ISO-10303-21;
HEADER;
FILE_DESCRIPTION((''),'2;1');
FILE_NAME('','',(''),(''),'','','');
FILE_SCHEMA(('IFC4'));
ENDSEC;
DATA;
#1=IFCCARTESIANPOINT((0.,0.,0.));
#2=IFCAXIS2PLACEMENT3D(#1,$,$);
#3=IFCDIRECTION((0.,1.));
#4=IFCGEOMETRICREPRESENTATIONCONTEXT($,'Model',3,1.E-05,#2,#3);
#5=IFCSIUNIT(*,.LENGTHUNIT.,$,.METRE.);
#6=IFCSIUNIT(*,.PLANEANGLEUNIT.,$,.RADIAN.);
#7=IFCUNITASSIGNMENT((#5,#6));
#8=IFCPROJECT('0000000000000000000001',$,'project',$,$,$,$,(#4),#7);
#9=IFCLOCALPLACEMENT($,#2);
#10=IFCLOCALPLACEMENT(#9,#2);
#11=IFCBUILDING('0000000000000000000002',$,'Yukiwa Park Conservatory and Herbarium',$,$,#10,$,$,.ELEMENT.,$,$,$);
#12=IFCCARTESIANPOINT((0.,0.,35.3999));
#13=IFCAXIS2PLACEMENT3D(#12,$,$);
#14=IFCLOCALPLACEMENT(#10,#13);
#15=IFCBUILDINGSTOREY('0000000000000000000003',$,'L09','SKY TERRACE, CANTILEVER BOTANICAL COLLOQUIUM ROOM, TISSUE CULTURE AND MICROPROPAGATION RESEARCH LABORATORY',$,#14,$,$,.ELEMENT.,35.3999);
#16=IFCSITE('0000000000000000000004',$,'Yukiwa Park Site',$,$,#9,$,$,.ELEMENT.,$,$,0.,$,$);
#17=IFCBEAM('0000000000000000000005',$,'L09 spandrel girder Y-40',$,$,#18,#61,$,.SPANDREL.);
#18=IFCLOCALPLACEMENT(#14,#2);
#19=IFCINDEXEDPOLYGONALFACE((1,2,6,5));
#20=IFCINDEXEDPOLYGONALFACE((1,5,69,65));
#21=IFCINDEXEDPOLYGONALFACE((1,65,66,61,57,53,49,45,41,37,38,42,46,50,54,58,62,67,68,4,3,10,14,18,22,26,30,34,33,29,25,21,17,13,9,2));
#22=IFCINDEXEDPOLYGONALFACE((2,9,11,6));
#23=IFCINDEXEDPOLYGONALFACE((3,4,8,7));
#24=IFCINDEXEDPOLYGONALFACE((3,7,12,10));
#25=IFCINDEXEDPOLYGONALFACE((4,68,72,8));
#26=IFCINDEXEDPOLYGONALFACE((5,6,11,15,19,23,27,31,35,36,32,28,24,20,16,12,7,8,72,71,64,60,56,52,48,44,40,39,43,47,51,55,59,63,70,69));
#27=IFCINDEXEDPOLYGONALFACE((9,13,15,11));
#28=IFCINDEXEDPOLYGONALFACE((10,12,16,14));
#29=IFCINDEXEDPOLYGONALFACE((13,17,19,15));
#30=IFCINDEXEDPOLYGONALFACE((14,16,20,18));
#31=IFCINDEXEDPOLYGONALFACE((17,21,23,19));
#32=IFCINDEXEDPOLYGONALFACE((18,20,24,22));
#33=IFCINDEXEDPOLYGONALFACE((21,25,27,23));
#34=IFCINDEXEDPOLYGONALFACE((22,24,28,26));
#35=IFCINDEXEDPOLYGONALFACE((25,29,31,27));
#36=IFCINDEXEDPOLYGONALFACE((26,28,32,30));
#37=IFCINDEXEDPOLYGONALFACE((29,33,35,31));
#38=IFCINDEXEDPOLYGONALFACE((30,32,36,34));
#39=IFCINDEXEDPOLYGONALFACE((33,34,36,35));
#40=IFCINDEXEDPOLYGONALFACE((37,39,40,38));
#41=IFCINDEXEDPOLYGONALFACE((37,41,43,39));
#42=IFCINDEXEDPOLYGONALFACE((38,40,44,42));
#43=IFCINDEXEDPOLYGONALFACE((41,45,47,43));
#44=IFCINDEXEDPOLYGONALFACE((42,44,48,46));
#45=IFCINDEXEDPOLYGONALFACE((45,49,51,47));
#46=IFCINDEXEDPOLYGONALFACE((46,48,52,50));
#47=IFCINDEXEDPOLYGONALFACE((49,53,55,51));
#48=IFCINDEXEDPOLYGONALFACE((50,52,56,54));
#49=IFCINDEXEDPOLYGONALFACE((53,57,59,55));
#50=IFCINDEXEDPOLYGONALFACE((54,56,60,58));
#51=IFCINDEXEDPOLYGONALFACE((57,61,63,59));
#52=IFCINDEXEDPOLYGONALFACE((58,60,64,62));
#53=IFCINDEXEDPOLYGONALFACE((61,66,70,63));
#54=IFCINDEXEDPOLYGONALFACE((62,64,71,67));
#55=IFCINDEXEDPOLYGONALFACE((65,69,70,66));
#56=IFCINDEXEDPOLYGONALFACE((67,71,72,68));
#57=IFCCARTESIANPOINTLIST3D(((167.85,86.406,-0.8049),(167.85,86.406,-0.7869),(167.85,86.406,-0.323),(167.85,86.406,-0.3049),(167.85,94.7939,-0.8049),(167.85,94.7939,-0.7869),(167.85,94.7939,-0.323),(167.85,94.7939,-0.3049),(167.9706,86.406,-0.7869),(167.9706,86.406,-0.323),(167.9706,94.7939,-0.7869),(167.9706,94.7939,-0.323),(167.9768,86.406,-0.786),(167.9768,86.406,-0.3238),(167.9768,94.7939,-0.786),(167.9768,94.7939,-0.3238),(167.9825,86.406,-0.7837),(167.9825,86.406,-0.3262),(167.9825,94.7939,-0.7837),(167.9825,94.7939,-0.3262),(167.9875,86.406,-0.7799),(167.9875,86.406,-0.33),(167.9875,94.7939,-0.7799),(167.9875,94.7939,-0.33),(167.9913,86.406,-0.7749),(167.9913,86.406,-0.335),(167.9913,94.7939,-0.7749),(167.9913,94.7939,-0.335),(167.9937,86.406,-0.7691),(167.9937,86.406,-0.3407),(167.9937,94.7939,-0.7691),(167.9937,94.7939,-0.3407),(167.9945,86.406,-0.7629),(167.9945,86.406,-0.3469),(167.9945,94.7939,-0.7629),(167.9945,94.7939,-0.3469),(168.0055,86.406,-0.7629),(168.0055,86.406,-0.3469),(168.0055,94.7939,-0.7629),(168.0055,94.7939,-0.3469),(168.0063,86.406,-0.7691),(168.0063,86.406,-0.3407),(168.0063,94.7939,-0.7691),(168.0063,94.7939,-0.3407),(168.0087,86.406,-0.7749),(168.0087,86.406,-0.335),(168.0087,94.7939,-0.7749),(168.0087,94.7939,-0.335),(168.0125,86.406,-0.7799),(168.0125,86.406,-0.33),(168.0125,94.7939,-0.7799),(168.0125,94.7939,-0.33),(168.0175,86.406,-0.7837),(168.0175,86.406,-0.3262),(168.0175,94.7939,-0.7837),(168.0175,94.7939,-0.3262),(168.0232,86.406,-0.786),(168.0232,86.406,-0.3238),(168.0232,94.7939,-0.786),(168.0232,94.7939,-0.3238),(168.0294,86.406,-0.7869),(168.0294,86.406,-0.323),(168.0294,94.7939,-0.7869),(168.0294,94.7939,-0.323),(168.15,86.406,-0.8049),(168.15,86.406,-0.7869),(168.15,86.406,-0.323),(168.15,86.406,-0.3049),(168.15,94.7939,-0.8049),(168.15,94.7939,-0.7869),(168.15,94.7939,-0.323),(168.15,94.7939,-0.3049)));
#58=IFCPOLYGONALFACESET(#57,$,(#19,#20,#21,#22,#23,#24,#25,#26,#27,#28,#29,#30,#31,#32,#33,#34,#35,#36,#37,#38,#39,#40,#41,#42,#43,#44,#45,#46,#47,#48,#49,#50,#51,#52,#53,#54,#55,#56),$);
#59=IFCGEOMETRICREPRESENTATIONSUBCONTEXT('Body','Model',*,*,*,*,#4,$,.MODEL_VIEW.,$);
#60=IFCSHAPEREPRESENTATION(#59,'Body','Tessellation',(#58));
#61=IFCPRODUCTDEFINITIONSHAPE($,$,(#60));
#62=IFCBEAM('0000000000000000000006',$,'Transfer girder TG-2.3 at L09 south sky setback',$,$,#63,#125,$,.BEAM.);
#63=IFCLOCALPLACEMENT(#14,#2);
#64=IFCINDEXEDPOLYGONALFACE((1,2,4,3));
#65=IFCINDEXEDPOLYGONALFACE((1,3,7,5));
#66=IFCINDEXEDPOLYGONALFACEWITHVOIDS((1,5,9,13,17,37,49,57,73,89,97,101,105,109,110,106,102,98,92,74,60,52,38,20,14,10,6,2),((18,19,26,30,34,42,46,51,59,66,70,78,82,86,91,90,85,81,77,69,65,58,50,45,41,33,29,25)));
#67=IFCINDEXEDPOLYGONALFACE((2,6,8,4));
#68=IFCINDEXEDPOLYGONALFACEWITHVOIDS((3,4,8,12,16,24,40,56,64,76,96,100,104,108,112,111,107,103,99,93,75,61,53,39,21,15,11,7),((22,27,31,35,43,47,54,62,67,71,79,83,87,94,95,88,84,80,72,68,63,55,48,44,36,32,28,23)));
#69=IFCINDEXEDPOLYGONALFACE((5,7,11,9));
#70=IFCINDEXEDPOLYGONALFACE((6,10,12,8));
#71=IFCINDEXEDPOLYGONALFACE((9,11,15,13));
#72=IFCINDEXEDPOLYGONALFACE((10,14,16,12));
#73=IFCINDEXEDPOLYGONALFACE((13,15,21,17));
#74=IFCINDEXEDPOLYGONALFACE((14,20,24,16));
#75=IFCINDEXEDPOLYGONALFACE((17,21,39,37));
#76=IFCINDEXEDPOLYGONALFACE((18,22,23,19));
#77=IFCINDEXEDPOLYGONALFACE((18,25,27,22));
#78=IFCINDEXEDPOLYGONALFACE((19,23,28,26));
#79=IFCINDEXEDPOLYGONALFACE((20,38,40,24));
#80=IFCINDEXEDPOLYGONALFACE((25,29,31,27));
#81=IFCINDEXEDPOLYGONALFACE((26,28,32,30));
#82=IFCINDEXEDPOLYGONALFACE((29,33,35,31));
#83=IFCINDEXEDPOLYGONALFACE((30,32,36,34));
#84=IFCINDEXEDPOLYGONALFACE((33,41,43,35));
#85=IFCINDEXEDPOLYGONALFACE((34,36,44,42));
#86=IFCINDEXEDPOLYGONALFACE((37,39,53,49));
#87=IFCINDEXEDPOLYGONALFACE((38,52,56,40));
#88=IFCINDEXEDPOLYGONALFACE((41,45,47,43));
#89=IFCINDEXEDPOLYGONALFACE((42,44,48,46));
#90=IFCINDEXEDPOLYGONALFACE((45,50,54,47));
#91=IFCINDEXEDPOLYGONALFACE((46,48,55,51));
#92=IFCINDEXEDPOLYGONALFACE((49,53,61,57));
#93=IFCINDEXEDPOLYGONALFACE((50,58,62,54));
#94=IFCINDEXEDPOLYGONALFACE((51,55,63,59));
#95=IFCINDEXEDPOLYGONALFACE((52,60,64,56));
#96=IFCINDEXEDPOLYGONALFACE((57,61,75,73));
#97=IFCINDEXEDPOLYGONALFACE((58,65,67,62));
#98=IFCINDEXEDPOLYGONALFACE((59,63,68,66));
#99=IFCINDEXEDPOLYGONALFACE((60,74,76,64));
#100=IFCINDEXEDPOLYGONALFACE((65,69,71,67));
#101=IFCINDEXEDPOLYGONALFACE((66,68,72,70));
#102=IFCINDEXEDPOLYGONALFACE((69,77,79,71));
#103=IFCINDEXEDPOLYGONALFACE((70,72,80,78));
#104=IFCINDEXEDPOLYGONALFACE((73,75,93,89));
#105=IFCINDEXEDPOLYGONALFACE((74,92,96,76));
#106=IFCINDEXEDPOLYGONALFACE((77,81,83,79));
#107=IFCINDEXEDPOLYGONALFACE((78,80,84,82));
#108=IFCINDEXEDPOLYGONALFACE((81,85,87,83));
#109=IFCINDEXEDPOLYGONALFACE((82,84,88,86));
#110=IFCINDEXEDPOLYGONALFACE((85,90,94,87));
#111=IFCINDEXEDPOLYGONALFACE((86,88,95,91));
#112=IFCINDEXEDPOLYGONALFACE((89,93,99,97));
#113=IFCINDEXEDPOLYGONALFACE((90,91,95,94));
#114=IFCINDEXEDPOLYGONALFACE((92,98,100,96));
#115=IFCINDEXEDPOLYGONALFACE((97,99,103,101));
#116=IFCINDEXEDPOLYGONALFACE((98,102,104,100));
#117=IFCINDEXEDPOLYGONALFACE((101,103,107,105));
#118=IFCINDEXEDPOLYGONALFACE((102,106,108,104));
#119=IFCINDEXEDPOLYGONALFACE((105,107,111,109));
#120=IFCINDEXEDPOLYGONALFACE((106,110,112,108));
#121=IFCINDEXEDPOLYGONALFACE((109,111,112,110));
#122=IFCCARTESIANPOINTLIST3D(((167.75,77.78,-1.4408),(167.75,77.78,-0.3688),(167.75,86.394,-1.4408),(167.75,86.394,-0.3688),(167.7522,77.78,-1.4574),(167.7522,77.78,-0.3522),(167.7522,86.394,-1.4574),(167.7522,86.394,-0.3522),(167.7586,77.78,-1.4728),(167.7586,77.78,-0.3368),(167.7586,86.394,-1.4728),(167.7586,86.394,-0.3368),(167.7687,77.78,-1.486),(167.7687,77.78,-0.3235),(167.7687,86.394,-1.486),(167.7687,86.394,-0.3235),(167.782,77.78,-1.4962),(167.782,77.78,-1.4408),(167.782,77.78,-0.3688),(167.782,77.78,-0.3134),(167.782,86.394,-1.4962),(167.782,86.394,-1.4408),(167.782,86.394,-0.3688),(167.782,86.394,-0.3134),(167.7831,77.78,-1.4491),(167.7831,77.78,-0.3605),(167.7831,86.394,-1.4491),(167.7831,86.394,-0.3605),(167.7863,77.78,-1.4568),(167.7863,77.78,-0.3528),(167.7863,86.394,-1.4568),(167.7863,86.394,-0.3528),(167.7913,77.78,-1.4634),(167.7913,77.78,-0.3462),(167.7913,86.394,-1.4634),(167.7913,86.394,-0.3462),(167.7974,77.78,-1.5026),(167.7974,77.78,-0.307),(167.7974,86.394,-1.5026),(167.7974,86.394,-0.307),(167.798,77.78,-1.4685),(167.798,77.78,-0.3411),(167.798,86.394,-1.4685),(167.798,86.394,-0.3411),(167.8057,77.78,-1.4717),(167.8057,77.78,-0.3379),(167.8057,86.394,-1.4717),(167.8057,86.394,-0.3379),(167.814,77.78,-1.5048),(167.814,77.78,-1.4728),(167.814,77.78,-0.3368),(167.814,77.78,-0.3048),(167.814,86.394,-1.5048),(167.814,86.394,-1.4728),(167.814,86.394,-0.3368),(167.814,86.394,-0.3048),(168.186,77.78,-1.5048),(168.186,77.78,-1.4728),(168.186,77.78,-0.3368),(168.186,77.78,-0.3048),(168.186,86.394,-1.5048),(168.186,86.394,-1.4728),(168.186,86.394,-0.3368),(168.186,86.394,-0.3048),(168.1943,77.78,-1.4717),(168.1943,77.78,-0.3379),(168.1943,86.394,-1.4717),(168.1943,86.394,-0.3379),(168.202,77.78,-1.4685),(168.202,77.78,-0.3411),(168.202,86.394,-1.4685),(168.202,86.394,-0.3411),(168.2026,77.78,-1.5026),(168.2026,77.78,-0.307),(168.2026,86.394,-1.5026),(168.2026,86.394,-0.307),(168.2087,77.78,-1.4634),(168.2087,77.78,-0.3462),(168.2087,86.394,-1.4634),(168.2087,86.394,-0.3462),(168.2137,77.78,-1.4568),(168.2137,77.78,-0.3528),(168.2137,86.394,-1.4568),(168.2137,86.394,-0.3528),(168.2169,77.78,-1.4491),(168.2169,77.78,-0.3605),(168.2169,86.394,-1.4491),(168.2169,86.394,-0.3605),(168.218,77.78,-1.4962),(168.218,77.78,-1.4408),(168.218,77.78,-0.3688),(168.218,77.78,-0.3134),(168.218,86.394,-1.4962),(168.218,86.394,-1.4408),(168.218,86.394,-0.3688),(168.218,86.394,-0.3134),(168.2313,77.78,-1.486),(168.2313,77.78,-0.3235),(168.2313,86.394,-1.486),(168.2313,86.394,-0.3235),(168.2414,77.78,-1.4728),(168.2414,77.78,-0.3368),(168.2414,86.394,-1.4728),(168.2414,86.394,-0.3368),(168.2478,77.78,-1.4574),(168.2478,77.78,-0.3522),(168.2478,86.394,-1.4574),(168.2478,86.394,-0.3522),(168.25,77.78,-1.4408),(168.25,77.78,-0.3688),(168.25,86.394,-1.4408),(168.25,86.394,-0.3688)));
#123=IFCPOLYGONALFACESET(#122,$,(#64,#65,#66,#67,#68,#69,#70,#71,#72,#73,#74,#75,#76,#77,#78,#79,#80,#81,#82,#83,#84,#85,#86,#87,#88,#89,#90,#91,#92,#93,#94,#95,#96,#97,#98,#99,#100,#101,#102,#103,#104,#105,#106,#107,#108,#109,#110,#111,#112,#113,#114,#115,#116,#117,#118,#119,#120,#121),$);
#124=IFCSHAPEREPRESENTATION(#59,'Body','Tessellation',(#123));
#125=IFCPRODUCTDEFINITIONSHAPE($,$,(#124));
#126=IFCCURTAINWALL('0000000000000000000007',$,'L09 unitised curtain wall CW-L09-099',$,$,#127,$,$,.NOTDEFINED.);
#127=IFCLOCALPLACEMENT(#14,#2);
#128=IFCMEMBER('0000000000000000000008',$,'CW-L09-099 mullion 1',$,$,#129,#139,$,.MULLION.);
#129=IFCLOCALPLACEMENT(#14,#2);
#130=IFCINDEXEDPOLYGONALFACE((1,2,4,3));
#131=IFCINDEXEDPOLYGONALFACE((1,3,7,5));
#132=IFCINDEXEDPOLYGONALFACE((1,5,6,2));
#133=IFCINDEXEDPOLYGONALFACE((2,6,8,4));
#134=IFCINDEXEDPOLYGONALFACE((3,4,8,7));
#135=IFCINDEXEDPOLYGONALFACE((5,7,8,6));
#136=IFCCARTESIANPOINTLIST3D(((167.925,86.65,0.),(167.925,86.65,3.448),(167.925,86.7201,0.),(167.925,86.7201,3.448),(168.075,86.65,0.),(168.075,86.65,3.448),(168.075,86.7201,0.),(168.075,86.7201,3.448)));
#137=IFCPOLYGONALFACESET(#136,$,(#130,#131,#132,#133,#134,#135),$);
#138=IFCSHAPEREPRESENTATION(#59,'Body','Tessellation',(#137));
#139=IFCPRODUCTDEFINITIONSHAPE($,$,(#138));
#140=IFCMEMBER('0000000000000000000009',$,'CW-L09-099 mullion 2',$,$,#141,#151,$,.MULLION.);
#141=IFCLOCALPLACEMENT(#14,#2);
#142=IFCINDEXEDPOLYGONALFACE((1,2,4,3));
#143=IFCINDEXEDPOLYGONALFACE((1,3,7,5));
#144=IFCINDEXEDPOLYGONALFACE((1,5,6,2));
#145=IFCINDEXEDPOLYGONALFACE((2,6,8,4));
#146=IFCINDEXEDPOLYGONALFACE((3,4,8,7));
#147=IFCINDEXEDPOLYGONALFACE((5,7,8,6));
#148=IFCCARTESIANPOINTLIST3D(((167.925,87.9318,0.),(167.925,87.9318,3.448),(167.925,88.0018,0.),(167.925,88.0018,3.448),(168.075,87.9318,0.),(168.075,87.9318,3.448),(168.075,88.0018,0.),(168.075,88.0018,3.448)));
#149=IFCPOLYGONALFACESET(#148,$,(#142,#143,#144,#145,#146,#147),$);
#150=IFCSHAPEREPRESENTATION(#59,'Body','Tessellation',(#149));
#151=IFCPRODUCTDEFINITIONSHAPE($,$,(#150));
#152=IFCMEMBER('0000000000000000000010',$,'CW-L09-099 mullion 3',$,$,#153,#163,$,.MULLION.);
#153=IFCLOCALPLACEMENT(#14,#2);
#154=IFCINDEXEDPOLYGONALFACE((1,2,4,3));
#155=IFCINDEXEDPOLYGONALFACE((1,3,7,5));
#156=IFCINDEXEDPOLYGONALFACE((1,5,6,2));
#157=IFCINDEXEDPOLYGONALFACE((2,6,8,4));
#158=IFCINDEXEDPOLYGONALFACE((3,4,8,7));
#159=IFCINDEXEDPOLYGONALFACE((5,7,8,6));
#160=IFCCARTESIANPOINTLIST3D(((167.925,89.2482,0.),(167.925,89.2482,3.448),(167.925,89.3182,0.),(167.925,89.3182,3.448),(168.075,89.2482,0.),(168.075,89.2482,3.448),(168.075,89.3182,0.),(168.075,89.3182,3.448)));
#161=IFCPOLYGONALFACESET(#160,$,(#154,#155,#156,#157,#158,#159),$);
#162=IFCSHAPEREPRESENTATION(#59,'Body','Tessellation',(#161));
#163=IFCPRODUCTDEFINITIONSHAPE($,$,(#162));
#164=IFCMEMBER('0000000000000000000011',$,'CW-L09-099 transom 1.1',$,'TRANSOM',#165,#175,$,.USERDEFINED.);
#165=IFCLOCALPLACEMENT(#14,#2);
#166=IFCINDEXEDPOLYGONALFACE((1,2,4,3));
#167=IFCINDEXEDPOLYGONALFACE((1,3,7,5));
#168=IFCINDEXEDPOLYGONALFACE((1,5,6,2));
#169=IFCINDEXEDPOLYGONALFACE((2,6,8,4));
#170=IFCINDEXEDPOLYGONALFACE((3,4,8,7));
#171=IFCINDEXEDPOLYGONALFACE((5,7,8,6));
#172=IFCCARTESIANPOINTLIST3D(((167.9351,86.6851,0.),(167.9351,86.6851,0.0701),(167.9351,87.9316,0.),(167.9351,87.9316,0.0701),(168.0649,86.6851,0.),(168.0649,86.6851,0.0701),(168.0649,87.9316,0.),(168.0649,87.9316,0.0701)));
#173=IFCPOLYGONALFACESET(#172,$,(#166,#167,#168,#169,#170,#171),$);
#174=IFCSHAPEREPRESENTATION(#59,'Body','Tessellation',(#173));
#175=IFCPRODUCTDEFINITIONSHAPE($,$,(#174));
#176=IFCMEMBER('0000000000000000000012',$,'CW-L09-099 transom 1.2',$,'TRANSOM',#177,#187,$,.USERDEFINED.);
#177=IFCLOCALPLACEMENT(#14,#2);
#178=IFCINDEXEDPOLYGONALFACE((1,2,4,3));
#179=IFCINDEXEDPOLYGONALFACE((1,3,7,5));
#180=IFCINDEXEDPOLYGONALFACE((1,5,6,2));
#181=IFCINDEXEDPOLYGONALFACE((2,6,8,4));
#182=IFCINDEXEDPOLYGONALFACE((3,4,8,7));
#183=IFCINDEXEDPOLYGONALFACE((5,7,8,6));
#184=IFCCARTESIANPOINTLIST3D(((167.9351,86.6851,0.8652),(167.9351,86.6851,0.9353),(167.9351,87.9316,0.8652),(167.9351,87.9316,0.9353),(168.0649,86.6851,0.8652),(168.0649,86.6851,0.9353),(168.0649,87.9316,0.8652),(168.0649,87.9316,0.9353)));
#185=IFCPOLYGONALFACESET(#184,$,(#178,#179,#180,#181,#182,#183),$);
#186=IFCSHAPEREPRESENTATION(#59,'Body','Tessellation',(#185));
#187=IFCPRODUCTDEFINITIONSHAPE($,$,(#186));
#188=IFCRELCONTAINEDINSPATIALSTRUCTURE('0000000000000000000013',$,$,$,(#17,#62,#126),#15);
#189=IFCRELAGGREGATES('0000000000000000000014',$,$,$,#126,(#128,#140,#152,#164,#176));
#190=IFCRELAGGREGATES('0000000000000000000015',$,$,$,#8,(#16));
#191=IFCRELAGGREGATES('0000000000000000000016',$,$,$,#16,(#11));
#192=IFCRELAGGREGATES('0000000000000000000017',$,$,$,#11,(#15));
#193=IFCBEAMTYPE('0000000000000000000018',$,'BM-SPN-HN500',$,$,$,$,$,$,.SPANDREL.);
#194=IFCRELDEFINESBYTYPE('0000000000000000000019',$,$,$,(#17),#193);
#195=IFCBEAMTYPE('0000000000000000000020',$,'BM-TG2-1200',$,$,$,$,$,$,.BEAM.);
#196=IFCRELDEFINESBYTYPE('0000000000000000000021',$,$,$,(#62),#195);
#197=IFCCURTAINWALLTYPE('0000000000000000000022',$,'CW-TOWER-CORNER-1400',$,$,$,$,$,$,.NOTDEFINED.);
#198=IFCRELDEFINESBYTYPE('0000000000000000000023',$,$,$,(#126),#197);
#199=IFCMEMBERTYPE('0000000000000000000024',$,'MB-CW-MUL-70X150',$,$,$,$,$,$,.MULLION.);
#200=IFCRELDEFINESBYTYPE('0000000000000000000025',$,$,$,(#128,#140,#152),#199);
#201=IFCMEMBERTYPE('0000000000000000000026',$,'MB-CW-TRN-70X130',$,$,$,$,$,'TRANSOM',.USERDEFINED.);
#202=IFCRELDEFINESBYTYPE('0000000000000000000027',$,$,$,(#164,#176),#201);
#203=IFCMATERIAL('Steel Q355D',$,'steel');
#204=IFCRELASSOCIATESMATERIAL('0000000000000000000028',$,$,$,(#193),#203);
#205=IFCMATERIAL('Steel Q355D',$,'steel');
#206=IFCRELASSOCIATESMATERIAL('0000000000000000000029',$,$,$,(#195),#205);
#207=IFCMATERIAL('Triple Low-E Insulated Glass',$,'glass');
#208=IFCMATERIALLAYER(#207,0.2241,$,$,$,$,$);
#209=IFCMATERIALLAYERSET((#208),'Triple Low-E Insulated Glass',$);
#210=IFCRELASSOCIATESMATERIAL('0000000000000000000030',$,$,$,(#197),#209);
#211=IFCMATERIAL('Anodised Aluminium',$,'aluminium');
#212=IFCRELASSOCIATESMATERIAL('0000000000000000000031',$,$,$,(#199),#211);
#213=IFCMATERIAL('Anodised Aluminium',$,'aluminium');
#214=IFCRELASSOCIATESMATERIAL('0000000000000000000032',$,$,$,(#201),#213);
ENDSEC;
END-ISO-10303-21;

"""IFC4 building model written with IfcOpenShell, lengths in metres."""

from ifc_helpers import new_model, si_unit, direction, frame, origin, origin_2d, place, context, subcontext, project, spatial, rectangle, hollow_rectangle, i_section, extrude, material, layer, layer_set, material_profile, profile_set, type_object, element, aggregate, save


model = new_model("IFC4")

# Units and contexts
model_context = context("Model", 3, precision=1e-05, world=origin(), true_north=direction((0.0, 1.0)))
body_context = subcontext(model_context, "Body", "Model", "MODEL_VIEW")
ifc_project = project(units=[si_unit("LENGTHUNIT", "METRE"), si_unit("PLANEANGLEUNIT", "RADIAN")], contexts=[model_context])

# Site, building, storey
site_placement = place(None, origin())
site = spatial("IfcSite", under=ifc_project, at=site_placement, Name="Yukiwa Park Site", CompositionType="ELEMENT", RefElevation=0.0)
building_placement = place(site_placement, origin())
building = spatial("IfcBuilding", under=site, at=building_placement, Name="Yukiwa Park Conservatory and Herbarium", CompositionType="ELEMENT")
storey_placement = place(building_placement, frame((0.0, 0.0, 35.3999)))
storey = spatial("IfcBuildingStorey", under=building, at=storey_placement, Name="L09", Description="SKY TERRACE, CANTILEVER BOTANICAL COLLOQUIUM ROOM, TISSUE CULTURE AND MICROPROPAGATION RESEARCH LABORATORY", CompositionType="ELEMENT", Elevation=35.3999)

# Beams
ifc_material_1 = material(Name="Steel Q355D", Category="steel")
ifc_material_profile_1 = material_profile(ifc_material_1, i_section(OverallWidth=0.3, OverallDepth=0.5, WebThickness=0.011, FlangeThickness=0.0181, FilletRadius=0.0239, at=origin_2d()), Name="HM 500x300x11x18")
ifc_profile_set_1 = profile_set([ifc_material_profile_1], Name="Steel Q355D")
beam_type_1 = type_object("IfcBeamType", Name="BM-SPN-HN500", PredefinedType="SPANDREL", material=ifc_profile_set_1)
beam_1_placement = place(storey_placement, frame((168.0, 86.406, -0.5549), z_axis=(0.0, 1.0, 0.0), x_axis=(-1.0, 0.0, 0.0)))
element("IfcBeam", 1, at=beam_1_placement, inside=storey, type_object=beam_type_1, Name="L09 spandrel girder Y-40", PredefinedType="SPANDREL", context=body_context, shape_type="SweptSolid", body=[
    extrude(i_section(OverallWidth=0.3, OverallDepth=0.5, WebThickness=0.011, FlangeThickness=0.0181, FilletRadius=0.0239, at=origin_2d()), origin(), (0.0, 0.0, 1.0), 8.3879),
])
ifc_material_2 = material(Name="Steel Q355D", Category="steel")
ifc_material_profile_2 = material_profile(ifc_material_2, hollow_rectangle(XDim=0.5, YDim=1.2, WallThickness=0.032, InnerFilletRadius=0.032, OuterFilletRadius=0.064, at=origin_2d()), Name="BOX 1200x500x32")
ifc_profile_set_2 = profile_set([ifc_material_profile_2], Name="Steel Q355D")
beam_type_2 = type_object("IfcBeamType", Name="BM-TG2-1200", PredefinedType="BEAM", material=ifc_profile_set_2)
beam_2_placement = place(storey_placement, frame((168.0, 77.78, -0.9048), z_axis=(0.0, 1.0, 0.0), x_axis=(-1.0, 0.0, 0.0)))
element("IfcBeam", 2, at=beam_2_placement, inside=storey, type_object=beam_type_2, Name="Transfer girder TG-2.3 at L09 south sky setback", PredefinedType="BEAM", context=body_context, shape_type="SweptSolid", body=[
    extrude(hollow_rectangle(XDim=0.5, YDim=1.2, WallThickness=0.032, InnerFilletRadius=0.032, OuterFilletRadius=0.064, at=origin_2d()), origin(), (0.0, 0.0, 1.0), 8.614),
])

# Curtain wall, members
ifc_material_3 = material(Name="Triple Low-E Insulated Glass", Category="glass")
ifc_layer_1 = layer(ifc_material_3, 0.2241)
ifc_layer_set_1 = layer_set([ifc_layer_1], Name="Triple Low-E Insulated Glass")
curtain_wall_type = type_object("IfcCurtainWallType", Name="CW-TOWER-CORNER-1400", PredefinedType="NOTDEFINED", material=ifc_layer_set_1)
curtain_wall_placement = place(storey_placement, origin())
curtain_wall = element("IfcCurtainWall", 3, at=curtain_wall_placement, inside=storey, type_object=curtain_wall_type, Name="L09 unitised curtain wall CW-L09-099", PredefinedType="NOTDEFINED")
ifc_material_4 = material(Name="Anodised Aluminium", Category="aluminium")
member_type_1 = type_object("IfcMemberType", Name="MB-CW-MUL-70X150", PredefinedType="MULLION", material=ifc_material_4)
member_1_placement = place(storey_placement, frame((168.0, 86.6851, 0.0), z_axis=(0.0, 0.0, 1.0), x_axis=(0.0, 1.0, 0.0)))
member_1 = element("IfcMember", 4, at=member_1_placement, type_object=member_type_1, Name="CW-L09-099 mullion 1", PredefinedType="MULLION", context=body_context, shape_type="SweptSolid", body=[
    extrude(rectangle(XDim=0.0701, YDim=0.1499, at=origin_2d()), origin(), (0.0, 0.0, 1.0), 3.448),
])
member_2_placement = place(storey_placement, frame((168.0, 87.9668, 0.0), z_axis=(0.0, 0.0, 1.0), x_axis=(0.0, 1.0, 0.0)))
member_2 = element("IfcMember", 5, at=member_2_placement, type_object=member_type_1, Name="CW-L09-099 mullion 2", PredefinedType="MULLION", context=body_context, shape_type="SweptSolid", body=[
    extrude(rectangle(XDim=0.0701, YDim=0.1499, at=origin_2d()), origin(), (0.0, 0.0, 1.0), 3.448),
])
member_3_placement = place(storey_placement, frame((168.0, 89.2832, 0.0), z_axis=(0.0, 0.0, 1.0), x_axis=(0.0, 1.0, 0.0)))
member_3 = element("IfcMember", 6, at=member_3_placement, type_object=member_type_1, Name="CW-L09-099 mullion 3", PredefinedType="MULLION", context=body_context, shape_type="SweptSolid", body=[
    extrude(rectangle(XDim=0.0701, YDim=0.1499, at=origin_2d()), origin(), (0.0, 0.0, 1.0), 3.448),
])
ifc_material_5 = material(Name="Anodised Aluminium", Category="aluminium")
member_type_2 = type_object("IfcMemberType", Name="MB-CW-TRN-70X130", ElementType="TRANSOM", PredefinedType="USERDEFINED", material=ifc_material_5)
member_4_placement = place(storey_placement, frame((168.0, 87.3083, 0.0), z_axis=(0.0, 0.0, 1.0), x_axis=(0.0, 1.0, 0.0)))
member_4 = element("IfcMember", 7, at=member_4_placement, type_object=member_type_2, Name="CW-L09-099 transom 1.1", ObjectType="TRANSOM", PredefinedType="USERDEFINED", context=body_context, shape_type="SweptSolid", body=[
    extrude(rectangle(XDim=1.2466, YDim=0.1299, at=origin_2d()), origin(), (0.0, 0.0, 1.0), 0.0701),
])
member_5_placement = place(storey_placement, frame((168.0, 87.3083, 0.8652), z_axis=(0.0, 0.0, 1.0), x_axis=(0.0, 1.0, 0.0)))
member_5 = element("IfcMember", 8, at=member_5_placement, type_object=member_type_2, Name="CW-L09-099 transom 1.2", ObjectType="TRANSOM", PredefinedType="USERDEFINED", context=body_context, shape_type="SweptSolid", body=[
    extrude(rectangle(XDim=1.2466, YDim=0.1299, at=origin_2d()), origin(), (0.0, 0.0, 1.0), 0.0701),
])

aggregate(curtain_wall, [member_1, member_2, member_3, member_4, member_5])

save(model, "model.ifc")
